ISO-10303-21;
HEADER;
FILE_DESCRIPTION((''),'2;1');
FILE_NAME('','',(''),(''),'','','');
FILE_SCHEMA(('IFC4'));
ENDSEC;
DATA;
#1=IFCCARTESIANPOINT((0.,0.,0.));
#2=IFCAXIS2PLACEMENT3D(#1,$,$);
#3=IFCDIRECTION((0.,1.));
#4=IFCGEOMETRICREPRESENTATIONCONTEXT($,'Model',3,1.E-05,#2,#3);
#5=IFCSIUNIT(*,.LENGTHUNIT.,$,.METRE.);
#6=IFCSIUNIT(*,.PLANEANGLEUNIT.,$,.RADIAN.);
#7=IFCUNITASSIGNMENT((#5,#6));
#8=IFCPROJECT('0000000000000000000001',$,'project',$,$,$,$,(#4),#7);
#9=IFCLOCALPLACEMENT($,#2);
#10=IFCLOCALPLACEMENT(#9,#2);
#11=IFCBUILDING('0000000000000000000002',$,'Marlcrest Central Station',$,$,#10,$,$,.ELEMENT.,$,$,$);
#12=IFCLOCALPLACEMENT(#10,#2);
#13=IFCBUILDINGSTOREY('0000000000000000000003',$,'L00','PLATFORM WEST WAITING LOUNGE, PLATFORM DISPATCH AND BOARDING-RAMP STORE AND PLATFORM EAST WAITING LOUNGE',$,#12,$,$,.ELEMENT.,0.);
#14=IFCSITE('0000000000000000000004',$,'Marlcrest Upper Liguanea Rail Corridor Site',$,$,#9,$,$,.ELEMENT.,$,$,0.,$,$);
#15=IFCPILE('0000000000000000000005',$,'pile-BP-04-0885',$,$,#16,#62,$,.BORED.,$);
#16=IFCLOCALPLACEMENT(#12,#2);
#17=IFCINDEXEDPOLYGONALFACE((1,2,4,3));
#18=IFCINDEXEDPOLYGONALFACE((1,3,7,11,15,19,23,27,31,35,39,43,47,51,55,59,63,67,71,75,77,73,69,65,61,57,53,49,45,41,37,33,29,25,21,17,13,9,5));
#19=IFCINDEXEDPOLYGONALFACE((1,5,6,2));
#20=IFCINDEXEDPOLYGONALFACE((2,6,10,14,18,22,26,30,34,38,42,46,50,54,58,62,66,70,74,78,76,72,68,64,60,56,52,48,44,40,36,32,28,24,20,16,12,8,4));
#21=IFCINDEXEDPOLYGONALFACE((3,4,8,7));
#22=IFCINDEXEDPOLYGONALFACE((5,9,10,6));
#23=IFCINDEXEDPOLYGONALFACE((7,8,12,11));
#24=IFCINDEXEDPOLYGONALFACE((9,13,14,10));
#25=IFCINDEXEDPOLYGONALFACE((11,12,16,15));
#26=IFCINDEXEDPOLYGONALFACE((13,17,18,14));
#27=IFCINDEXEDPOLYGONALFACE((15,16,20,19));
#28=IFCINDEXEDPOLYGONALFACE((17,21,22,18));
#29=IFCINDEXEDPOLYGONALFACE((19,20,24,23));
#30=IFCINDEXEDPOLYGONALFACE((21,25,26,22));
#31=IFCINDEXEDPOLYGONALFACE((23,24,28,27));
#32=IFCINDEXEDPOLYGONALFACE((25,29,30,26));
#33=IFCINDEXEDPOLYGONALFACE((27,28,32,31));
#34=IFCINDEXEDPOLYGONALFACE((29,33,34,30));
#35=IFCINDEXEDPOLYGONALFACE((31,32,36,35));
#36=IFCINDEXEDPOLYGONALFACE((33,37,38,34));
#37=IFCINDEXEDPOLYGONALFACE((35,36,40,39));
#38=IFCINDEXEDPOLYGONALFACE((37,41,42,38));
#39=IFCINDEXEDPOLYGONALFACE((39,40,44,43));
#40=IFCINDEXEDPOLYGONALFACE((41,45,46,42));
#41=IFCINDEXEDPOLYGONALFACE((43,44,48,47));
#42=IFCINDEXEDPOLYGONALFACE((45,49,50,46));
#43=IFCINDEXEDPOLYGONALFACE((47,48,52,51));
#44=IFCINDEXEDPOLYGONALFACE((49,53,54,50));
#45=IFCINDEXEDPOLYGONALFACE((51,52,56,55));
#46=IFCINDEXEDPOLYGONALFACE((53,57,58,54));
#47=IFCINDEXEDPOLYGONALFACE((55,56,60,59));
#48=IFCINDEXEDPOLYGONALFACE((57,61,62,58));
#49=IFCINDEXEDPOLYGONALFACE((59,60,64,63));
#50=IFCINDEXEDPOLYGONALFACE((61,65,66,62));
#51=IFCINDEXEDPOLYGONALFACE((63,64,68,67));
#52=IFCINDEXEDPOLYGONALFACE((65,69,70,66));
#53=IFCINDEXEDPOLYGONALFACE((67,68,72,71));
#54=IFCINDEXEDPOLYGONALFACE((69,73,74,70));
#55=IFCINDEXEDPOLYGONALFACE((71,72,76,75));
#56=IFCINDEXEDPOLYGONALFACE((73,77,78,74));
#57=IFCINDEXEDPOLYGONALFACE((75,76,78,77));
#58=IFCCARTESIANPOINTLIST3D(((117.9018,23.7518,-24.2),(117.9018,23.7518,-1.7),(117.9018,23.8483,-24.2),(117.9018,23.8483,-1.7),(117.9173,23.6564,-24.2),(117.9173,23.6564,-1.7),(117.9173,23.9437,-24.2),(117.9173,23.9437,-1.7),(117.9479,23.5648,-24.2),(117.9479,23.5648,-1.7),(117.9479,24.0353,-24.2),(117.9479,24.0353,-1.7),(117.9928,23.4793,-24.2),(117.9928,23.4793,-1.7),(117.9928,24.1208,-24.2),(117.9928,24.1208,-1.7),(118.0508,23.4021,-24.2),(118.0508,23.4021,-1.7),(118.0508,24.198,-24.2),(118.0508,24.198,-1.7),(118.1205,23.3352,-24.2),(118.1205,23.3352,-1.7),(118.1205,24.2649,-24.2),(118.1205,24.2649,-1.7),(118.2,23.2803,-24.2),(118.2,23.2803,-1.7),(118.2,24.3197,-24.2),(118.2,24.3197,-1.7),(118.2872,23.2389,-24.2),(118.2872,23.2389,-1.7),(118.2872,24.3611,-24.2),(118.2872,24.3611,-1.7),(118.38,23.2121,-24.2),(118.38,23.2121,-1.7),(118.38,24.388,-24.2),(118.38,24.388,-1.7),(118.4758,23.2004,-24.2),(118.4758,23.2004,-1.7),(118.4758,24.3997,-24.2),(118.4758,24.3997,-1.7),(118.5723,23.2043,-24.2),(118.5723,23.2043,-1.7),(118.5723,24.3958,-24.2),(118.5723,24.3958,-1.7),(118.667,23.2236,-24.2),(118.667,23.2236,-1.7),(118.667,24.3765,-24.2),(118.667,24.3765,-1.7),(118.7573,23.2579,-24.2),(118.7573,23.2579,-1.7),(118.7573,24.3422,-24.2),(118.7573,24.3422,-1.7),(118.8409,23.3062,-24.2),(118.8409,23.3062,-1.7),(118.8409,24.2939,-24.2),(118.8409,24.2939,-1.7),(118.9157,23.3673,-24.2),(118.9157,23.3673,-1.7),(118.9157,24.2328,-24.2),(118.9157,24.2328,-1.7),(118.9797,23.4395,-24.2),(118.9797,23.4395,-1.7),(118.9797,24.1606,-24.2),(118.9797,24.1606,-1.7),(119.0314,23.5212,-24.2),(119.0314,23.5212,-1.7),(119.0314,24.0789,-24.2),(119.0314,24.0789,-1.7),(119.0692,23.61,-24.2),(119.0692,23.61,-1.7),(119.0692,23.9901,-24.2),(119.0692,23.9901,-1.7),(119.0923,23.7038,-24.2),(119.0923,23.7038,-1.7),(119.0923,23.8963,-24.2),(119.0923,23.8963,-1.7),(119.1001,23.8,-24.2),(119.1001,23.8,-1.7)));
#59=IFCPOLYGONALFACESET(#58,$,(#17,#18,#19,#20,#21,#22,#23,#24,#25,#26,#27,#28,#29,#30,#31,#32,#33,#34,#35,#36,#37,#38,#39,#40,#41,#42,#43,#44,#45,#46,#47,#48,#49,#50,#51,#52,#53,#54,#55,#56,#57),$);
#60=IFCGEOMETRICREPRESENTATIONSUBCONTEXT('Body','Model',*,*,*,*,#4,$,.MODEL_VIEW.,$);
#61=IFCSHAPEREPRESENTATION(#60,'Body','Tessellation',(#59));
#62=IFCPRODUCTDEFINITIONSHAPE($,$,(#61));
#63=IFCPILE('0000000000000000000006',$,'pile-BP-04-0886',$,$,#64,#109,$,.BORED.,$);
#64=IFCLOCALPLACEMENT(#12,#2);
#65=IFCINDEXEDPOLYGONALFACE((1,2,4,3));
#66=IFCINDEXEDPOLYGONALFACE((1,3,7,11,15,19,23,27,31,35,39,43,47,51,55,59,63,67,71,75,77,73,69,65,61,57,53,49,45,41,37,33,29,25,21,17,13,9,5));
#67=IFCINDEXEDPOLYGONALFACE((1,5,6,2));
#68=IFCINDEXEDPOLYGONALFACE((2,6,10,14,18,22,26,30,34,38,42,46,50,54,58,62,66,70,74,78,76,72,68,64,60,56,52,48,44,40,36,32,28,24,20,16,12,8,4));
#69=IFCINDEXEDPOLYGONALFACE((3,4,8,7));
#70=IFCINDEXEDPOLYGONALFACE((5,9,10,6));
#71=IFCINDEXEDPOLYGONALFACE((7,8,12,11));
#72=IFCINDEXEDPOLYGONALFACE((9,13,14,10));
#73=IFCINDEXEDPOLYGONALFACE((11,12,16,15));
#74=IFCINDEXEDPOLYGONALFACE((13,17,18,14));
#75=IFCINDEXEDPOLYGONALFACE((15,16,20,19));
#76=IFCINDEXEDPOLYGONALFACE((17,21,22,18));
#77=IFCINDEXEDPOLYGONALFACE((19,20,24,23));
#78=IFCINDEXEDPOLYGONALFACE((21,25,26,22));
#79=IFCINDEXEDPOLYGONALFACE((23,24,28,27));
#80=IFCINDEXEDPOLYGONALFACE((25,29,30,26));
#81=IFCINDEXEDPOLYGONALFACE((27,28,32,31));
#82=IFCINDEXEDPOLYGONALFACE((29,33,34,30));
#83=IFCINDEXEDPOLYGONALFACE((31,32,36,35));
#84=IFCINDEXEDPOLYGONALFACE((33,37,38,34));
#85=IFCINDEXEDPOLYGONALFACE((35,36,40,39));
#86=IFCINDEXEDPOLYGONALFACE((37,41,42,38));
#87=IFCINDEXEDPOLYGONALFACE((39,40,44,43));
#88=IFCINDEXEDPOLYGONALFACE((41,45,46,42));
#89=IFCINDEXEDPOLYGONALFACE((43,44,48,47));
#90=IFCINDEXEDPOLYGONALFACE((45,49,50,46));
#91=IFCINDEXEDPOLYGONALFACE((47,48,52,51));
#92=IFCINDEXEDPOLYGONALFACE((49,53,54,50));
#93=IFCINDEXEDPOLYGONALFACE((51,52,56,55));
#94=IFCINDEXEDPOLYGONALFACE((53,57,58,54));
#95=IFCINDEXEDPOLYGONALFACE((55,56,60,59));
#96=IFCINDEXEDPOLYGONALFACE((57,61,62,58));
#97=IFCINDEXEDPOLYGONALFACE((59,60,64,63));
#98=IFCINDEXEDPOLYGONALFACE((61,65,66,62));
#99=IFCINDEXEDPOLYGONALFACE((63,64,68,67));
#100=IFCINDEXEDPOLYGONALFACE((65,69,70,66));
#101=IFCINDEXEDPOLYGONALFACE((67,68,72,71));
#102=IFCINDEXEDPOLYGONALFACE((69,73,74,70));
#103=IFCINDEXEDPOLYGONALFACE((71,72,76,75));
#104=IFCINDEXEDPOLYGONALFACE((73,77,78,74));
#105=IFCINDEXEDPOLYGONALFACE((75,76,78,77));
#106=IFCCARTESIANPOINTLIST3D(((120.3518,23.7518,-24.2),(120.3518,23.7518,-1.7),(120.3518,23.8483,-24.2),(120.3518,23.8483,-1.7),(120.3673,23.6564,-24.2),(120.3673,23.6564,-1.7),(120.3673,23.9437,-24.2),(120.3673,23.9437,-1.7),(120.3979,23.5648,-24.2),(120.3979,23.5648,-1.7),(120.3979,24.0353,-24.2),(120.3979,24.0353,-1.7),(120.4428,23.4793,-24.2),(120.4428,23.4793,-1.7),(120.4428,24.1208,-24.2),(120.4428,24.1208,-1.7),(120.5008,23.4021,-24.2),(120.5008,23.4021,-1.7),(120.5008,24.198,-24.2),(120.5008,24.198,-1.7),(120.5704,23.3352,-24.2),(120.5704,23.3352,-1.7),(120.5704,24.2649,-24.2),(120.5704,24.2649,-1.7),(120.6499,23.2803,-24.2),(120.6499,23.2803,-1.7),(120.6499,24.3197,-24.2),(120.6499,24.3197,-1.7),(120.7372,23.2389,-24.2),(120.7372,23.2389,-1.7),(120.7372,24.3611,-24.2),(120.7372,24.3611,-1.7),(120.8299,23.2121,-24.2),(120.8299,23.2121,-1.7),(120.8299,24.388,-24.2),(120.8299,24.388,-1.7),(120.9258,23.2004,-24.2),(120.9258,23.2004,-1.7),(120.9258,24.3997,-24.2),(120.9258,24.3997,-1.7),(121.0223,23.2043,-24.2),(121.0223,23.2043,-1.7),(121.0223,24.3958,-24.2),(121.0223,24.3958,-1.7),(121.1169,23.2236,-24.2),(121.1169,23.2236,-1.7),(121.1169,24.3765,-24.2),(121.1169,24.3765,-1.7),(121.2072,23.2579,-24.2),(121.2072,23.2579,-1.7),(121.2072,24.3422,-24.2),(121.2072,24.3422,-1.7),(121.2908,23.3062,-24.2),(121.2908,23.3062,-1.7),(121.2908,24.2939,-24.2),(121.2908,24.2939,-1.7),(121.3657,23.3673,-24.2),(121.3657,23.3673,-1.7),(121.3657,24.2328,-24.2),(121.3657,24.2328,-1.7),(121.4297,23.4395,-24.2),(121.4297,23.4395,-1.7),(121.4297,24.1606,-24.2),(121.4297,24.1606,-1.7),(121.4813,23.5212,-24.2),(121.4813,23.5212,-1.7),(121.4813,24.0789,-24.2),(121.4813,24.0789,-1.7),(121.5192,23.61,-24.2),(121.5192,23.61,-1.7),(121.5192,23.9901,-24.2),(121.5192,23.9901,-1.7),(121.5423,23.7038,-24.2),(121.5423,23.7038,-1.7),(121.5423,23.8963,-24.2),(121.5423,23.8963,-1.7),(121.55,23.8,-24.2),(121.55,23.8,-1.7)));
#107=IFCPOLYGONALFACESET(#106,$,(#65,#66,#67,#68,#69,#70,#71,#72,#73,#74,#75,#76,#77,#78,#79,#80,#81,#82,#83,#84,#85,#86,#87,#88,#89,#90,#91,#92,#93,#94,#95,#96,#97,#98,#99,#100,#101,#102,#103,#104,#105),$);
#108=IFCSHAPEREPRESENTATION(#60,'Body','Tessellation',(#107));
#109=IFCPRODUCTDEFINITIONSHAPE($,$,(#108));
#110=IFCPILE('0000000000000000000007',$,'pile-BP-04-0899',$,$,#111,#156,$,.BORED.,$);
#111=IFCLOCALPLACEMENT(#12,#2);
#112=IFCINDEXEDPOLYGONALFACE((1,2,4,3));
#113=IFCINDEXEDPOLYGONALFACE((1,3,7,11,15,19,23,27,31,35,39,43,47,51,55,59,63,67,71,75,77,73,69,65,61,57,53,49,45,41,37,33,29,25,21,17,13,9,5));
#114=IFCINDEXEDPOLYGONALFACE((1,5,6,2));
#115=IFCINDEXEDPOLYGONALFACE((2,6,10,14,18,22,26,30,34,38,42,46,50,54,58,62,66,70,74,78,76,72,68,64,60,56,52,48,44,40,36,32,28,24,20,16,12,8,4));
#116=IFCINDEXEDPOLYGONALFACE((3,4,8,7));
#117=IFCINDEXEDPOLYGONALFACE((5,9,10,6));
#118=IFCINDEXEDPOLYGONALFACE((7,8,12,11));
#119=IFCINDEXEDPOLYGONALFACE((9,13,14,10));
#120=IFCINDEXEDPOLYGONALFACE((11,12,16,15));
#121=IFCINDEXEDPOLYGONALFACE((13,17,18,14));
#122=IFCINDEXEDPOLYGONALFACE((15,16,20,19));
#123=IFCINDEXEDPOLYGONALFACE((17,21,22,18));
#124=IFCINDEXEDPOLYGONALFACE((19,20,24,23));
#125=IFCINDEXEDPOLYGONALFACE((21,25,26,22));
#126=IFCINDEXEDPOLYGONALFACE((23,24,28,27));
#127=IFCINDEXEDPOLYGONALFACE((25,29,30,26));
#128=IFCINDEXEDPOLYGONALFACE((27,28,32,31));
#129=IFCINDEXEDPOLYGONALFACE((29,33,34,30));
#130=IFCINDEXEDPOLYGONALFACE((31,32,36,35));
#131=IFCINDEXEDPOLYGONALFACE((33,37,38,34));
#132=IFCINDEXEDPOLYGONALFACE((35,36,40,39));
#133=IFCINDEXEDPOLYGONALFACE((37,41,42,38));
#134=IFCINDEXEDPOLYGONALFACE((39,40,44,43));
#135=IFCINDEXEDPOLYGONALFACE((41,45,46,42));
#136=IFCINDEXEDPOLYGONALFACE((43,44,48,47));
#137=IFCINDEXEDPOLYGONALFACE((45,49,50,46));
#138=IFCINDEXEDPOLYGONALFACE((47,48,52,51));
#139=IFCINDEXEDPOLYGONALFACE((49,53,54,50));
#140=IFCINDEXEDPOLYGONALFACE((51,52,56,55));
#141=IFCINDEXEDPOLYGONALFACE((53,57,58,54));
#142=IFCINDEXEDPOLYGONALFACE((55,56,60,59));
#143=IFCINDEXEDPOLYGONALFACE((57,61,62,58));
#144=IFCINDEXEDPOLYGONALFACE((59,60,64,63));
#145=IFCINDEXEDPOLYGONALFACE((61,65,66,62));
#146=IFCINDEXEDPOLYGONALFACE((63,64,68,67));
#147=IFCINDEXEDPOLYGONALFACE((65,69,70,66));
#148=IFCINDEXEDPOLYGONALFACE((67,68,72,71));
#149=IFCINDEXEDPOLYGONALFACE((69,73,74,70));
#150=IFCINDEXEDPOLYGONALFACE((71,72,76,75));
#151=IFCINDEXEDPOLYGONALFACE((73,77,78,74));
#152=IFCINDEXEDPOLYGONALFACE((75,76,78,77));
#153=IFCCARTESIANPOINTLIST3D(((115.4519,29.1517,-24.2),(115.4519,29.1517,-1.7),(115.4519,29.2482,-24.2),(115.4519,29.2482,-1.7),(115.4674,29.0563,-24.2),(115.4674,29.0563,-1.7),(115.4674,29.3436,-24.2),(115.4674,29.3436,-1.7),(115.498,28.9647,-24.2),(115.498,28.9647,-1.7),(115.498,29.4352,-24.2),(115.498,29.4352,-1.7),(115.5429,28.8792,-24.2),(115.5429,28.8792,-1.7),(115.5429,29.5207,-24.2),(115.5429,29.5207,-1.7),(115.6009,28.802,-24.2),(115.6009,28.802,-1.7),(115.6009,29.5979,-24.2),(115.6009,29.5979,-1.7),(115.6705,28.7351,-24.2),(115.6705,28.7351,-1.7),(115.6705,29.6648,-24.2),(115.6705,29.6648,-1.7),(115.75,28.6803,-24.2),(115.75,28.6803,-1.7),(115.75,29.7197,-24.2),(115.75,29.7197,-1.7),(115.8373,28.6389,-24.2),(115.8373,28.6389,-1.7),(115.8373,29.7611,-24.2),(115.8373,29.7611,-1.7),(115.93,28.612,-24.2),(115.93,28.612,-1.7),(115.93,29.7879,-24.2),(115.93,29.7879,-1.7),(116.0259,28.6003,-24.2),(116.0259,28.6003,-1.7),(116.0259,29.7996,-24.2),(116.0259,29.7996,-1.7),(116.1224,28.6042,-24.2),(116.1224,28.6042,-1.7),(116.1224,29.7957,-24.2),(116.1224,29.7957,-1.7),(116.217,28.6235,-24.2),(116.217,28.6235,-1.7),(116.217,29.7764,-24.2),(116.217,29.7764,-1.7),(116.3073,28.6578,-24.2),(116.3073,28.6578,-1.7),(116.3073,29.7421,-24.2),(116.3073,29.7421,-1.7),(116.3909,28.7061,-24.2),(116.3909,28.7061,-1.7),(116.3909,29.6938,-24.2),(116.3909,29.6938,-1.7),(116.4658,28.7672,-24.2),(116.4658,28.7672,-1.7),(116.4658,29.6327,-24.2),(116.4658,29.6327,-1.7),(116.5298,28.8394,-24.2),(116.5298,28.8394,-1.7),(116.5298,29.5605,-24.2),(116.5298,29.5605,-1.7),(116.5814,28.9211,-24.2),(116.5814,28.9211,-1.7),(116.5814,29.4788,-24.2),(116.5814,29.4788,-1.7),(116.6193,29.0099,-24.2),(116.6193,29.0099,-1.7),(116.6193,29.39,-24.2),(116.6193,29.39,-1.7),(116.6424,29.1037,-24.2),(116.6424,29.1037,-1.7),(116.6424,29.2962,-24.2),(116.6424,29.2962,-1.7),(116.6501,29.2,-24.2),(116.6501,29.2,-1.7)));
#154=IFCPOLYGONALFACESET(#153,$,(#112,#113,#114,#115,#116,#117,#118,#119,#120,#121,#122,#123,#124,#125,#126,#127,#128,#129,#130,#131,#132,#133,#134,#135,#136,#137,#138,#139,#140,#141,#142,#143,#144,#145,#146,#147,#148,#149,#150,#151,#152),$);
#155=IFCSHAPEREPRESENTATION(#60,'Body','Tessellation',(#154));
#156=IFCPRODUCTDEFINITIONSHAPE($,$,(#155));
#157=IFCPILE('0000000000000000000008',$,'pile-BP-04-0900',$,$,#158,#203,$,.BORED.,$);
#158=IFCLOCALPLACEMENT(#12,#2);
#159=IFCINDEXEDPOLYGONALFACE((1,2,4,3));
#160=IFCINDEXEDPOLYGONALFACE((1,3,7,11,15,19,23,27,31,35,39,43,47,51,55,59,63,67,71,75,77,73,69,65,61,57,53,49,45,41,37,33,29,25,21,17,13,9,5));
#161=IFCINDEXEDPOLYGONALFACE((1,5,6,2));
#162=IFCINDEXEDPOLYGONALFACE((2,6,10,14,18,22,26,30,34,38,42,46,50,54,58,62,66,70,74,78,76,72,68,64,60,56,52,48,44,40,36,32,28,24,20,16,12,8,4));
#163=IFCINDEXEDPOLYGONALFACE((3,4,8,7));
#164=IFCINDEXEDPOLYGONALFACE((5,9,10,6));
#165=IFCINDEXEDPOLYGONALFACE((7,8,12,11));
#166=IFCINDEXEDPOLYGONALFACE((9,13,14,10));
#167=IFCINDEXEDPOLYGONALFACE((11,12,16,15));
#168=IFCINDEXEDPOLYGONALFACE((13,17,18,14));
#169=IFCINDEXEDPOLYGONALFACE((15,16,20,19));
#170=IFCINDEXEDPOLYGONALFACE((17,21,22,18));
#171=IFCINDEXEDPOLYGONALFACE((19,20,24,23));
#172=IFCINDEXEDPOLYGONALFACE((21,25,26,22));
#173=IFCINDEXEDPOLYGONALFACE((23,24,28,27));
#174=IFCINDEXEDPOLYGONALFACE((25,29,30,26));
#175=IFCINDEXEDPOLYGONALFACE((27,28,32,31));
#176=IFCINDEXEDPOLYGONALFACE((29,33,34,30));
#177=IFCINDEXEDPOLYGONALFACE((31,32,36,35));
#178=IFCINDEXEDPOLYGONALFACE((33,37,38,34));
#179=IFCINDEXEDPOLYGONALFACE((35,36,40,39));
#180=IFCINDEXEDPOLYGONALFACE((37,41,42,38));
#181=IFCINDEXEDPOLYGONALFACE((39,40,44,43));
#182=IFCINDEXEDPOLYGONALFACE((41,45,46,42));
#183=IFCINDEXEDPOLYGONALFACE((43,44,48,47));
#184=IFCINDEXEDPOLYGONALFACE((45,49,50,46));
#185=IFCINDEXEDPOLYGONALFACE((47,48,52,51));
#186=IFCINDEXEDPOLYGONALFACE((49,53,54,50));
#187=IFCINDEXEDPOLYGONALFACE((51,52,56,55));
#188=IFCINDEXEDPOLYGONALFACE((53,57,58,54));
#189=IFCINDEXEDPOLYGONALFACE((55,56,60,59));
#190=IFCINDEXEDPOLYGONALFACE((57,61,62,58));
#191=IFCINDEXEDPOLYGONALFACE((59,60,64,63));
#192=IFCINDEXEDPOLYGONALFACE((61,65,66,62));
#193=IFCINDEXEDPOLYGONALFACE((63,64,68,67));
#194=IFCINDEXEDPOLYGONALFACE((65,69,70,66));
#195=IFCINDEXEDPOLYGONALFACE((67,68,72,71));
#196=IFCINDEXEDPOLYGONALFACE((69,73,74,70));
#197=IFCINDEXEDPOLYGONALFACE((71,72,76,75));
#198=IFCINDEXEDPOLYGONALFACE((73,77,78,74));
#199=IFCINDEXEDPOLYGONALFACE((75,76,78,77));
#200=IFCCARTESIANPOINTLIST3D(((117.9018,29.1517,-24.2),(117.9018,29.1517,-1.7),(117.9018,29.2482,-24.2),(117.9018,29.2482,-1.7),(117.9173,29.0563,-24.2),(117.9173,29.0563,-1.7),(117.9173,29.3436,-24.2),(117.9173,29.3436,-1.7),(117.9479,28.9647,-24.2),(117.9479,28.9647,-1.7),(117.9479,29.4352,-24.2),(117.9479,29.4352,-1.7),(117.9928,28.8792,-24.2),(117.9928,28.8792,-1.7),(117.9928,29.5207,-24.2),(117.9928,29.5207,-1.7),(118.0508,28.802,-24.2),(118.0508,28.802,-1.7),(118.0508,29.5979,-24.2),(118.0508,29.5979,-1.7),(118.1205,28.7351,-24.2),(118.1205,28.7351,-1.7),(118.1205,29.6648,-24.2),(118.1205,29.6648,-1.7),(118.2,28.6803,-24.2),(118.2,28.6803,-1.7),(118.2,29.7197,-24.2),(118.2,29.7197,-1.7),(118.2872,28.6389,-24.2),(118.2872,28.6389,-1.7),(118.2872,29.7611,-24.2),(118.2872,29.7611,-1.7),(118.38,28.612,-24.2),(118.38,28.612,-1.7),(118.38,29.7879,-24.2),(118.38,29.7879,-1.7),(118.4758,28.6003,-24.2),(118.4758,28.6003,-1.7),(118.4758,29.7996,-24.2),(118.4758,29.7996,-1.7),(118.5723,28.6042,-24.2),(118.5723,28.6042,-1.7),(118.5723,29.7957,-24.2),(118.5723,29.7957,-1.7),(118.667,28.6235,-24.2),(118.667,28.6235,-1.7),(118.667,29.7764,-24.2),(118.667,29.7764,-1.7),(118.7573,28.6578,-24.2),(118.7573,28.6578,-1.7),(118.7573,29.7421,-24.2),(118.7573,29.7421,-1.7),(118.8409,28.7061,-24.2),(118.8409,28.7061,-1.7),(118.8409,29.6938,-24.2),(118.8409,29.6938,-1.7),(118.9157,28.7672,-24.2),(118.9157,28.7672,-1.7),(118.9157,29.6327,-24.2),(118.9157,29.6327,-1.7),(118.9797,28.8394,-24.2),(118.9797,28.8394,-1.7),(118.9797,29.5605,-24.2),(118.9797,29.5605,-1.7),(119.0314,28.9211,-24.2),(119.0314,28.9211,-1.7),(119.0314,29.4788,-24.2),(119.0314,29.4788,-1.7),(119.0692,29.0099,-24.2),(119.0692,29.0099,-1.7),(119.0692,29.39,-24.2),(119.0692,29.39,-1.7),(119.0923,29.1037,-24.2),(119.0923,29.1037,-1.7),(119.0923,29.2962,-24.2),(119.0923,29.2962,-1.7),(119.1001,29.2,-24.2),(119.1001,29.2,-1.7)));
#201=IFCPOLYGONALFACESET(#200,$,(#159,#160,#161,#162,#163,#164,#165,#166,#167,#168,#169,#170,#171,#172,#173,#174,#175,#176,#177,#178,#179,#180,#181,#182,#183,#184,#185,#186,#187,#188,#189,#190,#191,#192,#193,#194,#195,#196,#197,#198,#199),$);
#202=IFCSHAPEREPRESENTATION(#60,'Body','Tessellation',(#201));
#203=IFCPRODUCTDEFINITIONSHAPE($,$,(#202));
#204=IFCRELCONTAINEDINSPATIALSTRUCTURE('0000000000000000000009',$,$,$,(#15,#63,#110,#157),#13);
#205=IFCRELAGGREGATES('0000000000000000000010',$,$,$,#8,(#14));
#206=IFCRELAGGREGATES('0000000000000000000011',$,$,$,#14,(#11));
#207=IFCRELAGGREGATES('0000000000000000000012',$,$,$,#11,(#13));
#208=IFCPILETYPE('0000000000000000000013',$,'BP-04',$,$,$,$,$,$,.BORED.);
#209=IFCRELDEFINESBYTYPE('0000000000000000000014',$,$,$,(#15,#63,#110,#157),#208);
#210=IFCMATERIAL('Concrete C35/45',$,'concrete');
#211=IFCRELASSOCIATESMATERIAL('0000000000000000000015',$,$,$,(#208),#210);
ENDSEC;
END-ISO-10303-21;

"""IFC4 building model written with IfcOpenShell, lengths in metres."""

from ifc_helpers import new_model, si_unit, direction, frame, origin, origin_2d, place, context, subcontext, project, spatial, circle, extrude, material, material_profile, profile_set, type_object, element, save


model = new_model("IFC4")

# Units and contexts
model_context = context("Model", 3, precision=1e-05, world=origin(), true_north=direction((0.0, 1.0)))
body_context = subcontext(model_context, "Body", "Model", "MODEL_VIEW")
ifc_project = project(units=[si_unit("LENGTHUNIT", "METRE"), si_unit("PLANEANGLEUNIT", "RADIAN")], contexts=[model_context])

# Site, building, storey
site_placement = place(None, origin())
site = spatial("IfcSite", under=ifc_project, at=site_placement, Name="Marlcrest Upper Liguanea Rail Corridor Site", CompositionType="ELEMENT", RefElevation=0.0)
building_placement = place(site_placement, origin())
building = spatial("IfcBuilding", under=site, at=building_placement, Name="Marlcrest Central Station", CompositionType="ELEMENT")
storey_placement = place(building_placement, origin())
storey = spatial("IfcBuildingStorey", under=building, at=storey_placement, Name="L00", Description="PLATFORM WEST WAITING LOUNGE, PLATFORM DISPATCH AND BOARDING-RAMP STORE AND PLATFORM EAST WAITING LOUNGE", CompositionType="ELEMENT", Elevation=0.0)

# Piles
ifc_material_1 = material(Name="Concrete C35/45", Category="concrete")
ifc_material_profile_1 = material_profile(ifc_material_1, circle(Radius=0.6001, at=origin_2d()), Name="PILE D1200")
ifc_profile_set_1 = profile_set([ifc_material_profile_1], Name="Concrete C35/45")
pile_type = type_object("IfcPileType", Name="BP-04", PredefinedType="BORED", material=ifc_profile_set_1)
for number, where, z_axis, x_axis, name in (
    (1, (118.5, 23.8, -1.7), (0.0, 0.0, -1.0), (1.0, 0.0, 0.0), "pile-BP-04-0885"),
    (2, (120.95, 23.8, -1.7), (0.0, 0.0, -1.0), (1.0, 0.0, 0.0), "pile-BP-04-0886"),
    (3, (116.05, 29.2, -1.7), (0.0, 0.0, -1.0), (1.0, 0.0, 0.0), "pile-BP-04-0899"),
    (4, (118.5, 29.2, -1.7), (0.0, 0.0, -1.0), (1.0, 0.0, 0.0), "pile-BP-04-0900"),
):
    element("IfcPile", number, at=place(storey_placement, frame(where, z_axis=z_axis, x_axis=x_axis)), inside=storey, type_object=pile_type, Name=name, PredefinedType="BORED", context=body_context, shape_type="SweptSolid", body=[
        extrude(circle(Radius=0.6001, at=origin_2d()), origin(), (0.0, 0.0, 1.0), 22.5),
    ])

save(model, "model.ifc")
